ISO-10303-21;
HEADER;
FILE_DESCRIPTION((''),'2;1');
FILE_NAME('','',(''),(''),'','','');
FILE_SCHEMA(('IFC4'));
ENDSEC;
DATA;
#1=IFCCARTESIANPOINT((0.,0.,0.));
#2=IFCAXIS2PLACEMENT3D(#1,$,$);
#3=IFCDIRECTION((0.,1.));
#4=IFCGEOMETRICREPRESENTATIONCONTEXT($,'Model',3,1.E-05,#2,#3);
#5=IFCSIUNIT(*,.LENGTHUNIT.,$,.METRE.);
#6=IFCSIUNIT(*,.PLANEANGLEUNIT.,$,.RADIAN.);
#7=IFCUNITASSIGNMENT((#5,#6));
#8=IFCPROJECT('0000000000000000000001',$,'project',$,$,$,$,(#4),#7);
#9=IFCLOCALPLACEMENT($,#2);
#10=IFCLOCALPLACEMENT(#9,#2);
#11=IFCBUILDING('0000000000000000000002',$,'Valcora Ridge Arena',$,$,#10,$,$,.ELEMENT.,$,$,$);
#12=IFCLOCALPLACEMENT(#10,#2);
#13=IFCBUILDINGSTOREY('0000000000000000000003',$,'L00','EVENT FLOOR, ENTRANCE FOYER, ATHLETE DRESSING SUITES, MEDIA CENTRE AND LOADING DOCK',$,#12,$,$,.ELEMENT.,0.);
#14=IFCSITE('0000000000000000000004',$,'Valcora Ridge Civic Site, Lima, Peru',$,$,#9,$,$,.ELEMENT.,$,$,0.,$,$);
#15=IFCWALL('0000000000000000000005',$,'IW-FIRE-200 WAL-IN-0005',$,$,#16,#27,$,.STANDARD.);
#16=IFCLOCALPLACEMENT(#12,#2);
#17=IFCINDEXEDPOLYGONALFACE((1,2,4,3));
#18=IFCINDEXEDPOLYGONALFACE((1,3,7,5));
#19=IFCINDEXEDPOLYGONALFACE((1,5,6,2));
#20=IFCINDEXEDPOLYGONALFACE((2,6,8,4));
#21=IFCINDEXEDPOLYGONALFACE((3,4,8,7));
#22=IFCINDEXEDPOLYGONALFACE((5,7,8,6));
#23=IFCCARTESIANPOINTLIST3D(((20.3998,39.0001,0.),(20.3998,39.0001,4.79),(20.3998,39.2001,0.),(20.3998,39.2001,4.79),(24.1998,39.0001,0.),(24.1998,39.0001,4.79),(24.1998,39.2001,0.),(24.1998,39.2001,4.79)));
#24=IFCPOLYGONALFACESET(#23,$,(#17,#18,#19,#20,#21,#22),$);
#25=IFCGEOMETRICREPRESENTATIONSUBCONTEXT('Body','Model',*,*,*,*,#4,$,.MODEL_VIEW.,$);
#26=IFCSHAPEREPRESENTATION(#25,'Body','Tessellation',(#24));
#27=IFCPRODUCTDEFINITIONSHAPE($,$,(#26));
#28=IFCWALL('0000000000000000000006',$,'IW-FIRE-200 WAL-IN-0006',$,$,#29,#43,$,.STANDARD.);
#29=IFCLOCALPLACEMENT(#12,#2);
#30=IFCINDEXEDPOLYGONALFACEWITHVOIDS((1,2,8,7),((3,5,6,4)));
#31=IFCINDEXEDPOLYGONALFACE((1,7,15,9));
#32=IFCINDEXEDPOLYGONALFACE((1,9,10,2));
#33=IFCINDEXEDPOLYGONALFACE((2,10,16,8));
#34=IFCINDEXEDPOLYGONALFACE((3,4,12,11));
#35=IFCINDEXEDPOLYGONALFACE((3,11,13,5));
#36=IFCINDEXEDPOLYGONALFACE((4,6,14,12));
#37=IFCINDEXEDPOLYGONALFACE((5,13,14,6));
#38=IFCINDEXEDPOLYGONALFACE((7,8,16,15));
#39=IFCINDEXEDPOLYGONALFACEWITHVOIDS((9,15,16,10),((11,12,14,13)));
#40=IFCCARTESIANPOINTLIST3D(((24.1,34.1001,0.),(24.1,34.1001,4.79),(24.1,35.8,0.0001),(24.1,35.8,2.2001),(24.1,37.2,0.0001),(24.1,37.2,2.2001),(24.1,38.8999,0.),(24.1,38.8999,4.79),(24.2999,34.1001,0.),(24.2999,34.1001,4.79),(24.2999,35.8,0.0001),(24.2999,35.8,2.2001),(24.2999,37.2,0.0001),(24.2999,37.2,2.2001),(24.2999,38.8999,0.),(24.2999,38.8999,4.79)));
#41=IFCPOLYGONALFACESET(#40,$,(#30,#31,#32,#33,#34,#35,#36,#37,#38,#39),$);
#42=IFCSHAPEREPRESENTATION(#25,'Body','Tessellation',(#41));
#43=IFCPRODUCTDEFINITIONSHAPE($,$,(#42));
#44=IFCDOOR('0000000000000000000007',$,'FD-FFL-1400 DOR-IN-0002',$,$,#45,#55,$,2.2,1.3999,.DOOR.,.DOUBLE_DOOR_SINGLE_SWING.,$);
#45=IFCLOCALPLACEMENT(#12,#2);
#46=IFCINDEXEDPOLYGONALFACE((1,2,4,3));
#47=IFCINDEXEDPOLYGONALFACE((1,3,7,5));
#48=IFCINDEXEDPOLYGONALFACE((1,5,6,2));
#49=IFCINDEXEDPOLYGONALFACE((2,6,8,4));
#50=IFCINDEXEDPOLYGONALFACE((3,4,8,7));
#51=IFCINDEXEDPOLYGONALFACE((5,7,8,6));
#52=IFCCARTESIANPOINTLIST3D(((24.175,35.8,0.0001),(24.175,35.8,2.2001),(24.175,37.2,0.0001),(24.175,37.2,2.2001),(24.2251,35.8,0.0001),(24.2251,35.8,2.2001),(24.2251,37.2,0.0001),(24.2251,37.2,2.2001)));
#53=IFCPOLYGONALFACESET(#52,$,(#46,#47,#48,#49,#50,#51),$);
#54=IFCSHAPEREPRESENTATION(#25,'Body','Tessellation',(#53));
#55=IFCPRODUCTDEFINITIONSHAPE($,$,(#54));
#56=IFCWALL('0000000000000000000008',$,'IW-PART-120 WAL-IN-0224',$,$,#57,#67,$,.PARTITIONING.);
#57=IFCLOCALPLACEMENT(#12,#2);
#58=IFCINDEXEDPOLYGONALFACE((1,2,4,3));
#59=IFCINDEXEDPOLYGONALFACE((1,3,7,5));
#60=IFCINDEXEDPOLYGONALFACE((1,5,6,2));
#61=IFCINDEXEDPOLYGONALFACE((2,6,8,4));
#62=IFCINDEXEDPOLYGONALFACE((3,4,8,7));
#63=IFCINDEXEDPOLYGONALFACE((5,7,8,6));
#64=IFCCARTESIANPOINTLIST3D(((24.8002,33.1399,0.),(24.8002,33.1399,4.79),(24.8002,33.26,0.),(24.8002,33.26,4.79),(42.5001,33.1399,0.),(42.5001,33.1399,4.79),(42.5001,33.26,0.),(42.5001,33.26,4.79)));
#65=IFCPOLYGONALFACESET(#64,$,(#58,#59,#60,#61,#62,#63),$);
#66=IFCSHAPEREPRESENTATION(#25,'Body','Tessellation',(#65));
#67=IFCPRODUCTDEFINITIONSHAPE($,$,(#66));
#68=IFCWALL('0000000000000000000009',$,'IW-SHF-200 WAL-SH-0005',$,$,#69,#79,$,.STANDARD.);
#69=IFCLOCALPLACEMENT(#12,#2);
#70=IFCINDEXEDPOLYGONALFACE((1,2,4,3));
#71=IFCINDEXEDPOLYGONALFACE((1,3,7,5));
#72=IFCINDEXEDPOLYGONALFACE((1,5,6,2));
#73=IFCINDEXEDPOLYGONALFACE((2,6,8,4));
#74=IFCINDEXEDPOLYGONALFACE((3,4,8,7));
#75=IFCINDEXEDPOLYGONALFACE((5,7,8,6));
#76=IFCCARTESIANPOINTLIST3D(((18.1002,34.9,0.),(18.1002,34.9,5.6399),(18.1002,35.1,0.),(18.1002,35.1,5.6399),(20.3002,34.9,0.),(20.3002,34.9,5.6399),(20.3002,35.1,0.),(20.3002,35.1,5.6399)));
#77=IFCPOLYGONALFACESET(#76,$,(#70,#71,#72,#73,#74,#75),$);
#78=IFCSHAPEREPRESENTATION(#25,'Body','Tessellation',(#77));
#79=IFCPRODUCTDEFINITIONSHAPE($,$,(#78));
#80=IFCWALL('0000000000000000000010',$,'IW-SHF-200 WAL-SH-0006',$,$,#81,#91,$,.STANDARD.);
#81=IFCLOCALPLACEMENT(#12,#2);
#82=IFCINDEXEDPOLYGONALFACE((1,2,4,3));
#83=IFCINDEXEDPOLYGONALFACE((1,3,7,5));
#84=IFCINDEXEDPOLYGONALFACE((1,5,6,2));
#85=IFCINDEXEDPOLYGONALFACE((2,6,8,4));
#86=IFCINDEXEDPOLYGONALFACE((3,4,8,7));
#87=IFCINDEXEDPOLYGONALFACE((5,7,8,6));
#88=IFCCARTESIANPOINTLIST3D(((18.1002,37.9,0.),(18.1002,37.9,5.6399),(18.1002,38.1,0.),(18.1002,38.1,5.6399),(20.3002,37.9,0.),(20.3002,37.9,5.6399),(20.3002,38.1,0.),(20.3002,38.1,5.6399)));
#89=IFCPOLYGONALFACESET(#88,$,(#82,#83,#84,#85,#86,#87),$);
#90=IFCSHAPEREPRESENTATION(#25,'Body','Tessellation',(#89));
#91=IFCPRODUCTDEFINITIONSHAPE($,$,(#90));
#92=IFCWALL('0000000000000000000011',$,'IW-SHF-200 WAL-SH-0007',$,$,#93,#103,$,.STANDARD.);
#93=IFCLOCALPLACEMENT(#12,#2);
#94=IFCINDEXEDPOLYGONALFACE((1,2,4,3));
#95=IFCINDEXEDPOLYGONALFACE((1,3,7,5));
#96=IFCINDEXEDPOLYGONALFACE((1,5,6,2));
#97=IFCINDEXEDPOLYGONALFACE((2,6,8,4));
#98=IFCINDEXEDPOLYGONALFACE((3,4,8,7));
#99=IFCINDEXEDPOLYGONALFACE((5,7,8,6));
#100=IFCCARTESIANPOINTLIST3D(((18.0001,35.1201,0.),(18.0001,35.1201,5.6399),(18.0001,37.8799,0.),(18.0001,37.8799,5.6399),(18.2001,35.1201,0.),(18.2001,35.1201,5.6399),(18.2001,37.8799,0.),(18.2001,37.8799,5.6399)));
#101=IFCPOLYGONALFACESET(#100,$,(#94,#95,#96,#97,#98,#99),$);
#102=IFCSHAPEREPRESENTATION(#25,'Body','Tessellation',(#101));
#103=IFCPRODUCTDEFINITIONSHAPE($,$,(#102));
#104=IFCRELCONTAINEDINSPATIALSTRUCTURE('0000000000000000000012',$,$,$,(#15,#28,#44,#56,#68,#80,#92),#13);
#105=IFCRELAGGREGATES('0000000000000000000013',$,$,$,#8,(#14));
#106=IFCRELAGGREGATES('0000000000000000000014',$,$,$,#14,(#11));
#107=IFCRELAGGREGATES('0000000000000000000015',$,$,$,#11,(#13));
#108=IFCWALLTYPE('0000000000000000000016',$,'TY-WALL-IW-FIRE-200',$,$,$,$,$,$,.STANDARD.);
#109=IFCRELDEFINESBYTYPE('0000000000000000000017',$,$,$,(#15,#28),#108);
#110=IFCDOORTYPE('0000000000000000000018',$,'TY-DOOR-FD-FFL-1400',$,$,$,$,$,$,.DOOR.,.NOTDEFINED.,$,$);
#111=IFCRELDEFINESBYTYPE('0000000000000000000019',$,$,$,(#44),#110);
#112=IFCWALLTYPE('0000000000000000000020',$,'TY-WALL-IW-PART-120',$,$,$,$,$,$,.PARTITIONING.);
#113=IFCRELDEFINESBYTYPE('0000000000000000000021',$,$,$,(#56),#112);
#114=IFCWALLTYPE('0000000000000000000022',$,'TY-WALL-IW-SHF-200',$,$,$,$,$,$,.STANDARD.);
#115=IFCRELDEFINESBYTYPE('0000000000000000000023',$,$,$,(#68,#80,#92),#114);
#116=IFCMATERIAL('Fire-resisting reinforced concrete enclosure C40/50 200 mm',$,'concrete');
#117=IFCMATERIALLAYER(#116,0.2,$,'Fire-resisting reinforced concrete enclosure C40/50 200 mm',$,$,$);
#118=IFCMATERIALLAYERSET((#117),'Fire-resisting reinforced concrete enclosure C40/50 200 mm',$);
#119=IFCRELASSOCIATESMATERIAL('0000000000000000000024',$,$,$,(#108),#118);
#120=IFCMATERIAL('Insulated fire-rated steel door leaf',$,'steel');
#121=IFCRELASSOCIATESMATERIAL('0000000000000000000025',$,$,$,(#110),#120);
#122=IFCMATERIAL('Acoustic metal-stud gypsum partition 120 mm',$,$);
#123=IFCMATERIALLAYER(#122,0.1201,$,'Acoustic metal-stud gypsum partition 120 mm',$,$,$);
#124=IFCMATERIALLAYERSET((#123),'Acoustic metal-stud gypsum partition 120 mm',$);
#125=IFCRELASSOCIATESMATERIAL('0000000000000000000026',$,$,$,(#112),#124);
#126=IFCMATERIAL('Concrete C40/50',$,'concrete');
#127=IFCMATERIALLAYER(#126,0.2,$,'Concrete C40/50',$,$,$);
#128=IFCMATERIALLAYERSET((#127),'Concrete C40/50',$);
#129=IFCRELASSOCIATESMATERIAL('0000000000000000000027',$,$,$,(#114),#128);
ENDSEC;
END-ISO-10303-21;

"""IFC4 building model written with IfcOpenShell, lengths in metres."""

from ifc_helpers import new_model, si_unit, direction, frame, frame_2d, origin, place, context, subcontext, project, spatial, rectangle, extrude, material, layer, layer_set, type_object, element, fill, save


model = new_model("IFC4")

# Units and contexts
model_context = context("Model", 3, precision=1e-05, world=origin(), true_north=direction((0.0, 1.0)))
body_context = subcontext(model_context, "Body", "Model", "MODEL_VIEW")
ifc_project = project(units=[si_unit("LENGTHUNIT", "METRE"), si_unit("PLANEANGLEUNIT", "RADIAN")], contexts=[model_context])

# Site, building, storey
site_placement = place(None, origin())
site = spatial("IfcSite", under=ifc_project, at=site_placement, Name="Valcora Ridge Civic Site, Lima, Peru", CompositionType="ELEMENT", RefElevation=0.0)
building_placement = place(site_placement, origin())
building = spatial("IfcBuilding", under=site, at=building_placement, Name="Valcora Ridge Arena", CompositionType="ELEMENT")
storey_placement = place(building_placement, origin())
storey = spatial("IfcBuildingStorey", under=building, at=storey_placement, Name="L00", Description="EVENT FLOOR, ENTRANCE FOYER, ATHLETE DRESSING SUITES, MEDIA CENTRE AND LOADING DOCK", CompositionType="ELEMENT", Elevation=0.0)

# Shared definitions
ifc_material_1 = material(Name="Concrete C40/50", Category="concrete")

# Wall
ifc_material_2 = material(Name="Fire-resisting reinforced concrete enclosure C40/50 200 mm", Category="concrete")
ifc_layer_1 = layer(ifc_material_2, 0.2, Name="Fire-resisting reinforced concrete enclosure C40/50 200 mm")
ifc_layer_set_1 = layer_set([ifc_layer_1], Name="Fire-resisting reinforced concrete enclosure C40/50 200 mm")
wall_type_1 = type_object("IfcWallType", Name="TY-WALL-IW-FIRE-200", PredefinedType="STANDARD", material=ifc_layer_set_1)
for number, where, z_axis, x_axis, name in (
    (1, (20.3999, 39.1001, 0.0), (0.0, 0.0, 1.0), (1.0, 0.0, 0.0), "IW-FIRE-200 WAL-IN-0005"),
):
    element("IfcWall", number, at=place(storey_placement, frame(where, z_axis=z_axis, x_axis=x_axis)), inside=storey, type_object=wall_type_1, Name=name, PredefinedType="STANDARD", context=body_context, shape_type="SweptSolid", body=[
        extrude(rectangle(XDim=3.8, YDim=0.2, at=frame_2d((1.8999, 0.0))), origin(), (0.0, 0.0, 1.0), 4.79),
    ])

# Wall, opening, door
wall_1_placement = place(storey_placement, frame((24.2, 34.1001, 0.0), z_axis=(0.0, 0.0, 1.0), x_axis=(0.0, 1.0, 0.0)))
wall_1 = element("IfcWall", 2, at=wall_1_placement, inside=storey, type_object=wall_type_1, Name="IW-FIRE-200 WAL-IN-0006", PredefinedType="STANDARD", context=body_context, shape_type="SweptSolid", body=[
    extrude(rectangle(XDim=4.7998, YDim=0.2, at=frame_2d((2.3999, 0.0))), origin(), (0.0, 0.0, 1.0), 4.79),
])
opening_1_placement = place(wall_1_placement, frame((1.7, 0.0, 0.0)))
opening_1 = element("IfcOpeningElement", 3, at=opening_1_placement, cuts=wall_1, PredefinedType="OPENING", context=body_context, shape_type="SweptSolid", body=[
    extrude(rectangle(XDim=1.3999, YDim=2.2, at=frame_2d((0.7, 1.1001))), frame((0.0, 0.1099, 0.0), z_axis=(0.0, -1.0, 0.0), x_axis=(1.0, 0.0, 0.0)), (0.0, 0.0, 1.0), 0.22),
])
ifc_material_3 = material(Name="Insulated fire-rated steel door leaf", Category="steel")
door_type_1 = type_object("IfcDoorType", Name="TY-DOOR-FD-FFL-1400", OperationType="NOTDEFINED", PredefinedType="DOOR", material=ifc_material_3)
door_1_placement = place(opening_1_placement, origin())
door_1 = element("IfcDoor", 4, at=door_1_placement, inside=storey, type_object=door_type_1, Name="FD-FFL-1400 DOR-IN-0002", OperationType="DOUBLE_DOOR_SINGLE_SWING", OverallHeight=2.2, OverallWidth=1.3999, PredefinedType="DOOR", context=body_context, shape_type="SweptSolid", body=[
    extrude(rectangle(XDim=1.3999, YDim=2.2, at=frame_2d((0.7, 1.1001))), frame((0.0, 0.0249, 0.0), z_axis=(0.0, -1.0, 0.0), x_axis=(1.0, 0.0, 0.0)), (0.0, 0.0, 1.0), 0.05),
])
fill(opening_1, door_1)

# Walls
ifc_material_4 = material(Name="Acoustic metal-stud gypsum partition 120 mm")
ifc_layer_2 = layer(ifc_material_4, 0.1201, Name="Acoustic metal-stud gypsum partition 120 mm")
ifc_layer_set_2 = layer_set([ifc_layer_2], Name="Acoustic metal-stud gypsum partition 120 mm")
wall_type_2 = type_object("IfcWallType", Name="TY-WALL-IW-PART-120", PredefinedType="PARTITIONING", material=ifc_layer_set_2)
wall_2_placement = place(storey_placement, frame((24.8, 33.2, 0.0), z_axis=(0.0, 0.0, 1.0), x_axis=(1.0, 0.0, 0.0)))
element("IfcWall", 5, at=wall_2_placement, inside=storey, type_object=wall_type_2, Name="IW-PART-120 WAL-IN-0224", PredefinedType="PARTITIONING", context=body_context, shape_type="SweptSolid", body=[
    extrude(rectangle(XDim=17.7, YDim=0.1201, at=frame_2d((8.8501, 0.0))), origin(), (0.0, 0.0, 1.0), 4.79),
])
ifc_layer_3 = layer(ifc_material_1, 0.2, Name="Concrete C40/50")
ifc_layer_set_3 = layer_set([ifc_layer_3], Name="Concrete C40/50")
wall_type_3 = type_object("IfcWallType", Name="TY-WALL-IW-SHF-200", PredefinedType="STANDARD", material=ifc_layer_set_3)
for number, where, z_axis, x_axis, name in (
    (6, (18.1001, 35.0, 0.0), (0.0, 0.0, 1.0), (1.0, 0.0, 0.0), "IW-SHF-200 WAL-SH-0005"),
    (7, (18.1001, 38.0, 0.0), (0.0, 0.0, 1.0), (1.0, 0.0, 0.0), "IW-SHF-200 WAL-SH-0006"),
):
    element("IfcWall", number, at=place(storey_placement, frame(where, z_axis=z_axis, x_axis=x_axis)), inside=storey, type_object=wall_type_3, Name=name, PredefinedType="STANDARD", context=body_context, shape_type="SweptSolid", body=[
        extrude(rectangle(XDim=2.2, YDim=0.2, at=frame_2d((1.1001, 0.0))), origin(), (0.0, 0.0, 1.0), 5.6399),
    ])
wall_3_placement = place(storey_placement, frame((18.1001, 35.1201, 0.0), z_axis=(0.0, 0.0, 1.0), x_axis=(0.0, 1.0, 0.0)))
element("IfcWall", 8, at=wall_3_placement, inside=storey, type_object=wall_type_3, Name="IW-SHF-200 WAL-SH-0007", PredefinedType="STANDARD", context=body_context, shape_type="SweptSolid", body=[
    extrude(rectangle(XDim=2.7598, YDim=0.2, at=frame_2d((1.3799, 0.0))), origin(), (0.0, 0.0, 1.0), 5.6399),
])

save(model, "model.ifc")
